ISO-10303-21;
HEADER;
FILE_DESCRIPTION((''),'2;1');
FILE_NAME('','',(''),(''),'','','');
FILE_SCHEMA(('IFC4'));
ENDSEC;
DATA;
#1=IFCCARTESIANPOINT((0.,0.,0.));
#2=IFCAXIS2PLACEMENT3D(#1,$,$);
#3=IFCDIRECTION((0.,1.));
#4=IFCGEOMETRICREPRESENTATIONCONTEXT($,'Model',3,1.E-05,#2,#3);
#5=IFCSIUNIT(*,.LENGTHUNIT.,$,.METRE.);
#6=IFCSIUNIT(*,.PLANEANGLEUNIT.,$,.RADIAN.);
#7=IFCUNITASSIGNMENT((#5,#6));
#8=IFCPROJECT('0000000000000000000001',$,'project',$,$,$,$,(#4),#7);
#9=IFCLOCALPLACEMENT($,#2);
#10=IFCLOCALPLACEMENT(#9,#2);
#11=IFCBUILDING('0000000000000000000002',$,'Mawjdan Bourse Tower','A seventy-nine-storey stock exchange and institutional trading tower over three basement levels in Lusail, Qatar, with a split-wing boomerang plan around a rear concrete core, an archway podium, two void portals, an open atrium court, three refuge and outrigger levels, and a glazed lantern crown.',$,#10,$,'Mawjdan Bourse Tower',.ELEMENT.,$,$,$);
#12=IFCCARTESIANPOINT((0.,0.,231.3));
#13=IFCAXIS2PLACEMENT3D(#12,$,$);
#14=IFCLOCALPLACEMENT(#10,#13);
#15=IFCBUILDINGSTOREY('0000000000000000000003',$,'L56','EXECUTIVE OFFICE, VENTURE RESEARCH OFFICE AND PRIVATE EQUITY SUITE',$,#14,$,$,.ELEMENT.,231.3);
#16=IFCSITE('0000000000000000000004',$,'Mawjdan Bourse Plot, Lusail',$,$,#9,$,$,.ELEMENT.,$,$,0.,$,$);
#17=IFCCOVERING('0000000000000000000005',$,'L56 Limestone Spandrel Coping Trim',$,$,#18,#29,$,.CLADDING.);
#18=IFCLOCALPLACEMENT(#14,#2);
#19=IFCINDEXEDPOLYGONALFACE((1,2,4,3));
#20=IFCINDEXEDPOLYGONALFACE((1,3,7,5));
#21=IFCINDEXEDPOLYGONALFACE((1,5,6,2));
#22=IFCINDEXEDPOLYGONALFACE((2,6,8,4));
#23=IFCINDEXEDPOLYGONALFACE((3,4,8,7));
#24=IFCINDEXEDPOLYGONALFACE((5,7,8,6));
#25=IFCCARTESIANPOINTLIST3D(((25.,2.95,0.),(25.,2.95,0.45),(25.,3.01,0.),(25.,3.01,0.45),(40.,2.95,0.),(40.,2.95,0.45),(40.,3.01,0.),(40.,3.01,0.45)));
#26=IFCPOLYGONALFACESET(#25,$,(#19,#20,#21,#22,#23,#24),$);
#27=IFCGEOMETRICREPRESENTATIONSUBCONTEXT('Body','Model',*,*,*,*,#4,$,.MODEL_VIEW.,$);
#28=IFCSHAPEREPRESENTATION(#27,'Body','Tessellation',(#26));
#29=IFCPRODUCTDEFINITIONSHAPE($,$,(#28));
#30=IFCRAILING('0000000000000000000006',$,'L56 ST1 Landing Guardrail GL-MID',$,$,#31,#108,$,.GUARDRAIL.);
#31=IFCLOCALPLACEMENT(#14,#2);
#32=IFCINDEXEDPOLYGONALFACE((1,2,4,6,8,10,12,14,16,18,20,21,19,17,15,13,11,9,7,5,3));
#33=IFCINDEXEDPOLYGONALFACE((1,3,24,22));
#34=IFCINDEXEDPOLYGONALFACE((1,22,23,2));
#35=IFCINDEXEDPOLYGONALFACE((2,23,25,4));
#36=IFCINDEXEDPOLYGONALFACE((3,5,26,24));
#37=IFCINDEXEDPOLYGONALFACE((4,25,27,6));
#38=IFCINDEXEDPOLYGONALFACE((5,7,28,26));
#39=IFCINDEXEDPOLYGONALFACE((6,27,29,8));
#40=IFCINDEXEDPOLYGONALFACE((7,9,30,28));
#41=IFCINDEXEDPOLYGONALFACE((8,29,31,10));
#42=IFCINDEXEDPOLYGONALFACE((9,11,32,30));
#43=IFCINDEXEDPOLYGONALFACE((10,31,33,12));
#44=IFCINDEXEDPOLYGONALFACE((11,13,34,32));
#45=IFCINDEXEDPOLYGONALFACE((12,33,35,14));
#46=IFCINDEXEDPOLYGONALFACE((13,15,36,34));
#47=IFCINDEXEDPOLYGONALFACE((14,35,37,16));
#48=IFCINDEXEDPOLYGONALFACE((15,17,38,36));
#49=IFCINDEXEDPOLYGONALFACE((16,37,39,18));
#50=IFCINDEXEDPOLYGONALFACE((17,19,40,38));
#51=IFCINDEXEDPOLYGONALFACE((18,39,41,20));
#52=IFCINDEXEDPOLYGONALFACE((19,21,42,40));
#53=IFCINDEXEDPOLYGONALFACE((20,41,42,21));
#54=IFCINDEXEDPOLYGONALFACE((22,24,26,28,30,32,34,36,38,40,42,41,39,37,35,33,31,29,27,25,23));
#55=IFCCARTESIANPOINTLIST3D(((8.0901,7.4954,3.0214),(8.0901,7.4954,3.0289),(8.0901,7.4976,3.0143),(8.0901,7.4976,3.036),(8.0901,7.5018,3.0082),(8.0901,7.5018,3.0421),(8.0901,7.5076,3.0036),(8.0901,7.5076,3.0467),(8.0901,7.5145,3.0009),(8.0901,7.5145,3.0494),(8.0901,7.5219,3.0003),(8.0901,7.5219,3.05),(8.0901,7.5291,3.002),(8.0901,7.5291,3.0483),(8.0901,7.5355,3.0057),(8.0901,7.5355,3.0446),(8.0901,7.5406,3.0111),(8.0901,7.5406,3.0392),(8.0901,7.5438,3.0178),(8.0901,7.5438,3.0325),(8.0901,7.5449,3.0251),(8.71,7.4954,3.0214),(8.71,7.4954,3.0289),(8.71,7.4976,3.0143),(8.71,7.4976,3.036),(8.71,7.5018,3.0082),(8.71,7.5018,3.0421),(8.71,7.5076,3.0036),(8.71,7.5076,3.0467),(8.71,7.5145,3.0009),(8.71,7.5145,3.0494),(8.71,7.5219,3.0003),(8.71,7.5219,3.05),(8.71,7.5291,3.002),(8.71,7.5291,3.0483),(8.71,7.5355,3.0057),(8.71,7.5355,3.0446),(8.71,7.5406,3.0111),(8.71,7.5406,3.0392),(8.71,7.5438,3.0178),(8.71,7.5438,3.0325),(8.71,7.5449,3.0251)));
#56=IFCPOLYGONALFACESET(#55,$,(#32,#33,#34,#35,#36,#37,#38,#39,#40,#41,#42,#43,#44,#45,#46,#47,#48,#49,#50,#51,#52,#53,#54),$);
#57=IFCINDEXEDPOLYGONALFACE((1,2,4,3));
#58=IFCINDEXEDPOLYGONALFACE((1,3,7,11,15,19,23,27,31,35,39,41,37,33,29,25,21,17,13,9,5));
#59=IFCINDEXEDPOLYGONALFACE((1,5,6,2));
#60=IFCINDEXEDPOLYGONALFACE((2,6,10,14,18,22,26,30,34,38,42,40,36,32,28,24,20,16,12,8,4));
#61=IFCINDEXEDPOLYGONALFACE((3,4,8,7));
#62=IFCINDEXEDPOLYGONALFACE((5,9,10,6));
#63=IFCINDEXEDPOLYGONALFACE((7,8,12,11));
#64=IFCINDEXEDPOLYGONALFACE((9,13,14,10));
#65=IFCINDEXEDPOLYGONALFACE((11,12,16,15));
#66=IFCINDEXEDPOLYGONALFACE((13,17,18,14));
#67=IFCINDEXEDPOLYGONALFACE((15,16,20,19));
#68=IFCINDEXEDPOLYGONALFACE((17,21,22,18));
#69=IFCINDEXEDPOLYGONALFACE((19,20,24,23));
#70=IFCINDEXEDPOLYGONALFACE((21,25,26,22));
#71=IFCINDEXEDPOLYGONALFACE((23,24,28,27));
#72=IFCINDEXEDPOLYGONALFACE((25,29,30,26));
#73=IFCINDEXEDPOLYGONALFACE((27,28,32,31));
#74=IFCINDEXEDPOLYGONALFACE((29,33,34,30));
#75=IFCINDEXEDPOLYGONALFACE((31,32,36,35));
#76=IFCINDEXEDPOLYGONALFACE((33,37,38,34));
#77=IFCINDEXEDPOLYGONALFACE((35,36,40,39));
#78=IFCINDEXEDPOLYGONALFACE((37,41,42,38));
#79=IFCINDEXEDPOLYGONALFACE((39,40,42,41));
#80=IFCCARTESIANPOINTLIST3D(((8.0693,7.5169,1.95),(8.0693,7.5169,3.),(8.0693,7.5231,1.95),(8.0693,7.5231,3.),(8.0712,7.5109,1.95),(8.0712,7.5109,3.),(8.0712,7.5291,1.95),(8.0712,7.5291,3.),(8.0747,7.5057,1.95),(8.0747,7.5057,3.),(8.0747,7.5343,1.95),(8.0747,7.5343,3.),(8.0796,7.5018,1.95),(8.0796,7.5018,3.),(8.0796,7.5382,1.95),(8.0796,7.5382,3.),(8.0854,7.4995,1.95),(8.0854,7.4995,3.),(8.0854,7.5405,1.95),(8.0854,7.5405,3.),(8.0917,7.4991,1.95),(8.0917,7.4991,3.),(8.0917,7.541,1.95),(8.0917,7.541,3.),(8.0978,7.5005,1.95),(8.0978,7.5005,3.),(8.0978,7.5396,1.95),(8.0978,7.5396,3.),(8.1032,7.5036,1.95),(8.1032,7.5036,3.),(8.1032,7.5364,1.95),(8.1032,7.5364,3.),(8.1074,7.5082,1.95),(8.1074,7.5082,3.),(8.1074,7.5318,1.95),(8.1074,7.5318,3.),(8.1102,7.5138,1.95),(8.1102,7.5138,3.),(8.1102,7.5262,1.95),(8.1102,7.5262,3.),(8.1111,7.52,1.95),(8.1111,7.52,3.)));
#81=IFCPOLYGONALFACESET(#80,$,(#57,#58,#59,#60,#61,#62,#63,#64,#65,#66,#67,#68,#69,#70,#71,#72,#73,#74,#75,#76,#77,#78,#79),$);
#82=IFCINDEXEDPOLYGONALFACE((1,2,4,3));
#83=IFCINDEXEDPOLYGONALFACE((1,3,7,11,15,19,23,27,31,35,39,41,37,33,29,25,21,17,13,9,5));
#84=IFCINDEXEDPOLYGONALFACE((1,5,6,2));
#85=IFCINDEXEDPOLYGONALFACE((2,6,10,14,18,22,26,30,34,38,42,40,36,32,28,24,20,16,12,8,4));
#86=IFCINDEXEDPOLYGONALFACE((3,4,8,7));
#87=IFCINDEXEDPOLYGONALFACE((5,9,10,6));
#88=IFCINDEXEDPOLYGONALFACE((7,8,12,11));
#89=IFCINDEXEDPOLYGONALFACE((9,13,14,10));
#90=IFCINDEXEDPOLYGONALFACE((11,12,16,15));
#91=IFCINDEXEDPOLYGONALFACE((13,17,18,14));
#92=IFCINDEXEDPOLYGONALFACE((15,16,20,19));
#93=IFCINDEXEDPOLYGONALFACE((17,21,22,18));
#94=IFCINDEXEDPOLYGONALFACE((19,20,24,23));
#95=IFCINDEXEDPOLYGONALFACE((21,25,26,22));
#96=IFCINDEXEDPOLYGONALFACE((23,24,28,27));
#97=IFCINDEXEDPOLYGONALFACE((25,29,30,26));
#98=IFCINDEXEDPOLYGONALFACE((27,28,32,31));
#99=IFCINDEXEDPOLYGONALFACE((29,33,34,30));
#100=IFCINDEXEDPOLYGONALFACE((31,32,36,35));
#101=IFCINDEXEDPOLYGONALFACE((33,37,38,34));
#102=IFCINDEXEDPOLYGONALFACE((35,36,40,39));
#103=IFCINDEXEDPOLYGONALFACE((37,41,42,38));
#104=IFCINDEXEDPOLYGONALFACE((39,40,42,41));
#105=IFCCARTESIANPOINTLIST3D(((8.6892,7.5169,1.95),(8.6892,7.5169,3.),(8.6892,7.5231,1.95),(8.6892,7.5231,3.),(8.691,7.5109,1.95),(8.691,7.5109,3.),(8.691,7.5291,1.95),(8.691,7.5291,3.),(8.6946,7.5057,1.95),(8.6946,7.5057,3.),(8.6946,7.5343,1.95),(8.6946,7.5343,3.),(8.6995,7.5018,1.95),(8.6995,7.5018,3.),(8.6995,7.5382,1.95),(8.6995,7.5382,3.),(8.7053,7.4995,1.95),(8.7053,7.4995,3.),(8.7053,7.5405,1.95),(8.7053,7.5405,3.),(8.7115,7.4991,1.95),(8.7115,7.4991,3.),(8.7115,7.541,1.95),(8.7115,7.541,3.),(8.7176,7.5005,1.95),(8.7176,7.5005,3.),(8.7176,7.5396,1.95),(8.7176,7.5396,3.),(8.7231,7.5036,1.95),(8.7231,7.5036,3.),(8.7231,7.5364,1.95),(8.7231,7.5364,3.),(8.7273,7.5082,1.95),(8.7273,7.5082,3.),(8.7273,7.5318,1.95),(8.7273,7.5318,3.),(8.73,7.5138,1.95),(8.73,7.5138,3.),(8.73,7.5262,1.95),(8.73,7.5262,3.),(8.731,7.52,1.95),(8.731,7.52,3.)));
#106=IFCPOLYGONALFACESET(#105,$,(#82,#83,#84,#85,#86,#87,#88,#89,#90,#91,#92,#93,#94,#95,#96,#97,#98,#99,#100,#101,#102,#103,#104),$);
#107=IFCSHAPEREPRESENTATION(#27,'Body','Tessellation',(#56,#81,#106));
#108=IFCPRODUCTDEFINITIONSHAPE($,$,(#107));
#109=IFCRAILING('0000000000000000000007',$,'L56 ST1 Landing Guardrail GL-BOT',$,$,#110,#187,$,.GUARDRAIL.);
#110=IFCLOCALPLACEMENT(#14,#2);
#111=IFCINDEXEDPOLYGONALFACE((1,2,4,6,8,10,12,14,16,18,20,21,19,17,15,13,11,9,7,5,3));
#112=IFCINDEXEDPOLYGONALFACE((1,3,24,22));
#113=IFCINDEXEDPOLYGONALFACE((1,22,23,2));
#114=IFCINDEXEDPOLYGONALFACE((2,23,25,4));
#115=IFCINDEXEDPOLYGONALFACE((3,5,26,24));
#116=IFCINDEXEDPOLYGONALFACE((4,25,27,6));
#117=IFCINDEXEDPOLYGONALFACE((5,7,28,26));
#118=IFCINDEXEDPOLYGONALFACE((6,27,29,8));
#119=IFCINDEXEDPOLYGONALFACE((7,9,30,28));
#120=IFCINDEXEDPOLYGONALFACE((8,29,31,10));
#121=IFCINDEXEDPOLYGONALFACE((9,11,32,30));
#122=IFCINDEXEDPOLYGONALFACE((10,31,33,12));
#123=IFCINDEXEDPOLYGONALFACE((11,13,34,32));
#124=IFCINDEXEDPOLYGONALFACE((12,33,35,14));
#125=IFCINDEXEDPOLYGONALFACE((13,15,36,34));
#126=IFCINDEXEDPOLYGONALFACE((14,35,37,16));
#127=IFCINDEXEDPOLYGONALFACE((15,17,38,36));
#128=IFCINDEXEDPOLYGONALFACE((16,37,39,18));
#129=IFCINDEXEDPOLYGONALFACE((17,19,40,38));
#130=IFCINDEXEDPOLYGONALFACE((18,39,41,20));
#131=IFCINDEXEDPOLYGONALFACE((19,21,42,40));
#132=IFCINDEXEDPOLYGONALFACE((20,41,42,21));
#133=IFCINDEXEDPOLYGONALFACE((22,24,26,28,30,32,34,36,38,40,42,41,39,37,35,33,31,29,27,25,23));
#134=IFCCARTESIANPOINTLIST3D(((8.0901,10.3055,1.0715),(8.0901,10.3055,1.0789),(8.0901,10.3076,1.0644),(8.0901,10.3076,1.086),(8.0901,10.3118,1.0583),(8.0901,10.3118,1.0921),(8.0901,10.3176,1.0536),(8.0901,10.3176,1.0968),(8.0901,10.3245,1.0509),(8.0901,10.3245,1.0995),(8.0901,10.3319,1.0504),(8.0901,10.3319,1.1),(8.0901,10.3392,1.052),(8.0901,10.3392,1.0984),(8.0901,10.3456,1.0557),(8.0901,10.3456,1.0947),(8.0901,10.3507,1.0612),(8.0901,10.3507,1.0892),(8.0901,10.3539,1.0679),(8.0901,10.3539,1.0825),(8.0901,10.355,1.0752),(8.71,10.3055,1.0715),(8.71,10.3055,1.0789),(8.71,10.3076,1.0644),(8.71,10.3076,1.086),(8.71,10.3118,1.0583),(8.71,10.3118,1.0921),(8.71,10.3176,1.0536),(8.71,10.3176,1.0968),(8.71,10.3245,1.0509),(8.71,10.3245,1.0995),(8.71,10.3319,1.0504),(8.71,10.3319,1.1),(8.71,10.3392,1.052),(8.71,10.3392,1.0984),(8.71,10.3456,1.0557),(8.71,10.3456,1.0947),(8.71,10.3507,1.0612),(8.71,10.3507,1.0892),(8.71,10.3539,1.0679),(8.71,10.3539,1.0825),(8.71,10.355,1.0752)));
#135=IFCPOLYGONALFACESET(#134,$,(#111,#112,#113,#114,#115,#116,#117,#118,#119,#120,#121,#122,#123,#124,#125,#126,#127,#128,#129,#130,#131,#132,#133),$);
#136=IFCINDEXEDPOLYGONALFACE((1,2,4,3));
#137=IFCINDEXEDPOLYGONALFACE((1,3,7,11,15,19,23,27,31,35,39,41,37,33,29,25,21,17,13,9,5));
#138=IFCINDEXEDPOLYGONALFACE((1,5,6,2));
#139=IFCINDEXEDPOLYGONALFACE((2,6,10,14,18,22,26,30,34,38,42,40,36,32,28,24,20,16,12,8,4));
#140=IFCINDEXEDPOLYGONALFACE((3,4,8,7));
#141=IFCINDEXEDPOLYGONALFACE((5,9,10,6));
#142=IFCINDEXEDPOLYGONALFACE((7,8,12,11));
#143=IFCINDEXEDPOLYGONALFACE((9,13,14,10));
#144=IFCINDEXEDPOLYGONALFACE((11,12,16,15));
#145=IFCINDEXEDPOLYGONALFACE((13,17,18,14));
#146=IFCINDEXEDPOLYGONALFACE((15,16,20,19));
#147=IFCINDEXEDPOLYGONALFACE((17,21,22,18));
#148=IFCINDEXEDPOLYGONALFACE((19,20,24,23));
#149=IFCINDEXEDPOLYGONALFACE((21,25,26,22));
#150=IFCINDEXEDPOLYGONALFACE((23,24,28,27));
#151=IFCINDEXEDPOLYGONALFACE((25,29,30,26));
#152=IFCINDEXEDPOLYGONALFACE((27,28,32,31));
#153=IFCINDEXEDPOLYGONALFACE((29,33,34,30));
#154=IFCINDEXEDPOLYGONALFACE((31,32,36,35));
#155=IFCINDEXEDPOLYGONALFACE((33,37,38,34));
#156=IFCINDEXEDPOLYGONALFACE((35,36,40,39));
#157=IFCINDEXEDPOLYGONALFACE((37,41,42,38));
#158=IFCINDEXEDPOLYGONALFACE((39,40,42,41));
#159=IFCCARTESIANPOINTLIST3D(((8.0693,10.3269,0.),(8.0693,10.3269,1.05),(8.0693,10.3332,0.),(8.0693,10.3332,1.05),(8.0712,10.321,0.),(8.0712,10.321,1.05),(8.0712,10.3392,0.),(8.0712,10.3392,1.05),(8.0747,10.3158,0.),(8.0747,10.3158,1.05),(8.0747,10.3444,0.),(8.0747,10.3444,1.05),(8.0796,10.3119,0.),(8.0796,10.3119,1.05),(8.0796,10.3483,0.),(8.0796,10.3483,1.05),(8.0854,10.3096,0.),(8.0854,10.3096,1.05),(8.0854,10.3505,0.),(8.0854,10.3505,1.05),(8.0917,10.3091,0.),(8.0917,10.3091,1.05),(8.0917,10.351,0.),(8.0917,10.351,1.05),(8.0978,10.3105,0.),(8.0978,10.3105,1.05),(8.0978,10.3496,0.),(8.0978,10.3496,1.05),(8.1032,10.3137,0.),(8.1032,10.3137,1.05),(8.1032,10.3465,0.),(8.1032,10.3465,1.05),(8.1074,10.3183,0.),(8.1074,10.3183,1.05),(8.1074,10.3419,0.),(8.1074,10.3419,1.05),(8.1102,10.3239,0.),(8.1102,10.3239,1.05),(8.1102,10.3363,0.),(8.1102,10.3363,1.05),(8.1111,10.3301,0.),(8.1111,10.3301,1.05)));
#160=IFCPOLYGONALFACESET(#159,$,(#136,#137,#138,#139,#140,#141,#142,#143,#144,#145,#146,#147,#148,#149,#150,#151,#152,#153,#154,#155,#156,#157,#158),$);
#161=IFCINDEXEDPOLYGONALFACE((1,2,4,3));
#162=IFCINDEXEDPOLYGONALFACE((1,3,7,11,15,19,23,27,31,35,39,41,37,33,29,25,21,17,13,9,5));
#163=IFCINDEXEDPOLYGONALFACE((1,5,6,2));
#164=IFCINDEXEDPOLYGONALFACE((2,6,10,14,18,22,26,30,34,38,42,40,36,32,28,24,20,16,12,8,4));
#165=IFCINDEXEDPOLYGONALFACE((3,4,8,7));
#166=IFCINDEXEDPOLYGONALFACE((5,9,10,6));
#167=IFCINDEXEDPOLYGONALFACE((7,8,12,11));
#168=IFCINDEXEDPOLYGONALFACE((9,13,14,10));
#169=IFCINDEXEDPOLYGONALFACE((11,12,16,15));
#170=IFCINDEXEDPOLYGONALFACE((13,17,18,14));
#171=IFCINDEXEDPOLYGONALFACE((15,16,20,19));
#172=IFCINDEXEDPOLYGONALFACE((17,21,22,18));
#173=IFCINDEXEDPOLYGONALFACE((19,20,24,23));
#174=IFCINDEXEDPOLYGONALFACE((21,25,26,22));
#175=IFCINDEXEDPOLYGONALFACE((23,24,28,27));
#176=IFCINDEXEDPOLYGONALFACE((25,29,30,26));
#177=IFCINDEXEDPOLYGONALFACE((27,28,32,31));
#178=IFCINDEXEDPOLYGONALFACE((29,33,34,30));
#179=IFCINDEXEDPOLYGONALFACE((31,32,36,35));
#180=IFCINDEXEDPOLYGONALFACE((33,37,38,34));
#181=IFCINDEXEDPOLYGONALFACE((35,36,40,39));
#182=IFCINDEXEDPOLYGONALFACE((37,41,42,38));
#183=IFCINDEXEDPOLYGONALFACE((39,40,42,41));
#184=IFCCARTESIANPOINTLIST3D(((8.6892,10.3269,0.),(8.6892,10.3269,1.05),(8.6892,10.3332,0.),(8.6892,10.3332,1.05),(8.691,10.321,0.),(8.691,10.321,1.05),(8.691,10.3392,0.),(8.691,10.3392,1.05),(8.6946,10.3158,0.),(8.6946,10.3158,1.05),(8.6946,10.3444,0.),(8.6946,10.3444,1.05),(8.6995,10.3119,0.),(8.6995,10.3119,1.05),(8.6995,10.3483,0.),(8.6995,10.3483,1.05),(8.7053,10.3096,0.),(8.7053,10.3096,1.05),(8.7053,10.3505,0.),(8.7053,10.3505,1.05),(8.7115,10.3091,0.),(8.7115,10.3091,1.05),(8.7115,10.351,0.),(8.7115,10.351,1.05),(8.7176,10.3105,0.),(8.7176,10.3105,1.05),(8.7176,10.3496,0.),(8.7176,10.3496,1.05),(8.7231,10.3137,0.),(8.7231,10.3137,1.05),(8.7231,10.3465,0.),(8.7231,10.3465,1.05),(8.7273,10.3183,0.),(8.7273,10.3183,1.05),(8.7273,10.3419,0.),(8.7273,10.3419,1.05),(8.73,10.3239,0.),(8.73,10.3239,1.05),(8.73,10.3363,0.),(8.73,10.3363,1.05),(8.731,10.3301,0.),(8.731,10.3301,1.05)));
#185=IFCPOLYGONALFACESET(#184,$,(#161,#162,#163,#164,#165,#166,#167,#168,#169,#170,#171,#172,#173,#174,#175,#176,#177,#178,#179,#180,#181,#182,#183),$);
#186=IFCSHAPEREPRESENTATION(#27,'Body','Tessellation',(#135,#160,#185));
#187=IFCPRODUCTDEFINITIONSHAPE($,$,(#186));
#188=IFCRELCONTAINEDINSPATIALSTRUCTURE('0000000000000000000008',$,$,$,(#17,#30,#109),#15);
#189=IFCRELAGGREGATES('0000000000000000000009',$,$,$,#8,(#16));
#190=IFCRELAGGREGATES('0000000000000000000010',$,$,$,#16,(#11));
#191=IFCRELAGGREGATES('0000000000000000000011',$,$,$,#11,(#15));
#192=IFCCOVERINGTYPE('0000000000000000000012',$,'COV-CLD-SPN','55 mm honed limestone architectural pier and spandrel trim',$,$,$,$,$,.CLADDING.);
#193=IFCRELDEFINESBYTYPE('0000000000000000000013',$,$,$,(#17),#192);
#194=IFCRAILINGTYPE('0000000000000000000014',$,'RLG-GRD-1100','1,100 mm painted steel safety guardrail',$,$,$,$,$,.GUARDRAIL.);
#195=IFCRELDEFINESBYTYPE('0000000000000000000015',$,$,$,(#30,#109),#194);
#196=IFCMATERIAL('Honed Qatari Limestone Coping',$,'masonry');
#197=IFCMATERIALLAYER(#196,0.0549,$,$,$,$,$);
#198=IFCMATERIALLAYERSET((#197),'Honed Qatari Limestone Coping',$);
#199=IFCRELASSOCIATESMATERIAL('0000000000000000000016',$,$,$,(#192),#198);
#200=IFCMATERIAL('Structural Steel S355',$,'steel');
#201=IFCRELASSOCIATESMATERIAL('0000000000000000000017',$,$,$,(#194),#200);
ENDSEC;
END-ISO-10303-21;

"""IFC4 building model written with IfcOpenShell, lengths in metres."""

from ifc_helpers import new_model, si_unit, direction, frame, origin, origin_2d, place, context, subcontext, project, spatial, polyline, circle, outline, extrude, material, layer, layer_set, type_object, element, save


model = new_model("IFC4")

# Units and contexts
model_context = context("Model", 3, precision=1e-05, world=origin(), true_north=direction((0.0, 1.0)))
body_context = subcontext(model_context, "Body", "Model", "MODEL_VIEW")
ifc_project = project(units=[si_unit("LENGTHUNIT", "METRE"), si_unit("PLANEANGLEUNIT", "RADIAN")], contexts=[model_context])

# Site, building, storey
site_placement = place(None, origin())
site = spatial("IfcSite", under=ifc_project, at=site_placement, Name="Mawjdan Bourse Plot, Lusail", CompositionType="ELEMENT", RefElevation=0.0)
building_placement = place(site_placement, origin())
building = spatial("IfcBuilding", under=site, at=building_placement, Name="Mawjdan Bourse Tower", Description="A seventy-nine-storey stock exchange and institutional trading tower over three basement levels in Lusail, Qatar, with a split-wing boomerang plan around a rear concrete core, an archway podium, two void portals, an open atrium court, three refuge and outrigger levels, and a glazed lantern crown.", LongName="Mawjdan Bourse Tower", CompositionType="ELEMENT")
storey_placement = place(building_placement, frame((0.0, 0.0, 231.3)))
storey = spatial("IfcBuildingStorey", under=building, at=storey_placement, Name="L56", Description="EXECUTIVE OFFICE, VENTURE RESEARCH OFFICE AND PRIVATE EQUITY SUITE", CompositionType="ELEMENT", Elevation=231.3)

# Covering
ifc_material_1 = material(Name="Honed Qatari Limestone Coping", Category="masonry")
ifc_layer_1 = layer(ifc_material_1, 0.0549)
ifc_layer_set_1 = layer_set([ifc_layer_1], Name="Honed Qatari Limestone Coping")
covering_type = type_object("IfcCoveringType", Name="COV-CLD-SPN", Description="55 mm honed limestone architectural pier and spandrel trim", PredefinedType="CLADDING", material=ifc_layer_set_1)
covering_placement = place(storey_placement, origin())
element("IfcCovering", 1, at=covering_placement, inside=storey, type_object=covering_type, Name="L56 Limestone Spandrel Coping Trim", PredefinedType="CLADDING", context=body_context, shape_type="SweptSolid", body=[
    extrude(outline(polyline([(25.0, 2.95), (40.0, 2.95), (40.0, 3.01), (25.0, 3.01), (25.0, 2.95)])), origin(), (0.0, 0.0, 1.0), 0.45),
])

# Railings
ifc_material_2 = material(Name="Structural Steel S355", Category="steel")
railing_type_1 = type_object("IfcRailingType", Name="RLG-GRD-1100", Description="1,100 mm painted steel safety guardrail", PredefinedType="GUARDRAIL", material=ifc_material_2)
for number, where, name in (
    (2, (8.0901, 7.52, 1.95), "L56 ST1 Landing Guardrail GL-MID"),
    (3, (8.0901, 10.3301, 0.0), "L56 ST1 Landing Guardrail GL-BOT"),
):
    element("IfcRailing", number, at=place(storey_placement, frame(where)), inside=storey, type_object=railing_type_1, Name=name, PredefinedType="GUARDRAIL", context=body_context, shape_type="SweptSolid", body=[
        extrude(circle(Radius=0.0249, at=origin_2d()), frame((0.0, 0.0, 1.0752), z_axis=(1.0, 0.0, 0.0), x_axis=(0.0, 1.0, 0.0)), (0.0, 0.0, 1.0), 0.6199),
        extrude(circle(Radius=0.021, at=origin_2d()), origin(), (0.0, 0.0, 1.0), 1.05),
        extrude(circle(Radius=0.021, at=origin_2d()), frame((0.6199, 0.0, 0.0)), (0.0, 0.0, 1.0), 1.05),
    ])

save(model, "model.ifc")
